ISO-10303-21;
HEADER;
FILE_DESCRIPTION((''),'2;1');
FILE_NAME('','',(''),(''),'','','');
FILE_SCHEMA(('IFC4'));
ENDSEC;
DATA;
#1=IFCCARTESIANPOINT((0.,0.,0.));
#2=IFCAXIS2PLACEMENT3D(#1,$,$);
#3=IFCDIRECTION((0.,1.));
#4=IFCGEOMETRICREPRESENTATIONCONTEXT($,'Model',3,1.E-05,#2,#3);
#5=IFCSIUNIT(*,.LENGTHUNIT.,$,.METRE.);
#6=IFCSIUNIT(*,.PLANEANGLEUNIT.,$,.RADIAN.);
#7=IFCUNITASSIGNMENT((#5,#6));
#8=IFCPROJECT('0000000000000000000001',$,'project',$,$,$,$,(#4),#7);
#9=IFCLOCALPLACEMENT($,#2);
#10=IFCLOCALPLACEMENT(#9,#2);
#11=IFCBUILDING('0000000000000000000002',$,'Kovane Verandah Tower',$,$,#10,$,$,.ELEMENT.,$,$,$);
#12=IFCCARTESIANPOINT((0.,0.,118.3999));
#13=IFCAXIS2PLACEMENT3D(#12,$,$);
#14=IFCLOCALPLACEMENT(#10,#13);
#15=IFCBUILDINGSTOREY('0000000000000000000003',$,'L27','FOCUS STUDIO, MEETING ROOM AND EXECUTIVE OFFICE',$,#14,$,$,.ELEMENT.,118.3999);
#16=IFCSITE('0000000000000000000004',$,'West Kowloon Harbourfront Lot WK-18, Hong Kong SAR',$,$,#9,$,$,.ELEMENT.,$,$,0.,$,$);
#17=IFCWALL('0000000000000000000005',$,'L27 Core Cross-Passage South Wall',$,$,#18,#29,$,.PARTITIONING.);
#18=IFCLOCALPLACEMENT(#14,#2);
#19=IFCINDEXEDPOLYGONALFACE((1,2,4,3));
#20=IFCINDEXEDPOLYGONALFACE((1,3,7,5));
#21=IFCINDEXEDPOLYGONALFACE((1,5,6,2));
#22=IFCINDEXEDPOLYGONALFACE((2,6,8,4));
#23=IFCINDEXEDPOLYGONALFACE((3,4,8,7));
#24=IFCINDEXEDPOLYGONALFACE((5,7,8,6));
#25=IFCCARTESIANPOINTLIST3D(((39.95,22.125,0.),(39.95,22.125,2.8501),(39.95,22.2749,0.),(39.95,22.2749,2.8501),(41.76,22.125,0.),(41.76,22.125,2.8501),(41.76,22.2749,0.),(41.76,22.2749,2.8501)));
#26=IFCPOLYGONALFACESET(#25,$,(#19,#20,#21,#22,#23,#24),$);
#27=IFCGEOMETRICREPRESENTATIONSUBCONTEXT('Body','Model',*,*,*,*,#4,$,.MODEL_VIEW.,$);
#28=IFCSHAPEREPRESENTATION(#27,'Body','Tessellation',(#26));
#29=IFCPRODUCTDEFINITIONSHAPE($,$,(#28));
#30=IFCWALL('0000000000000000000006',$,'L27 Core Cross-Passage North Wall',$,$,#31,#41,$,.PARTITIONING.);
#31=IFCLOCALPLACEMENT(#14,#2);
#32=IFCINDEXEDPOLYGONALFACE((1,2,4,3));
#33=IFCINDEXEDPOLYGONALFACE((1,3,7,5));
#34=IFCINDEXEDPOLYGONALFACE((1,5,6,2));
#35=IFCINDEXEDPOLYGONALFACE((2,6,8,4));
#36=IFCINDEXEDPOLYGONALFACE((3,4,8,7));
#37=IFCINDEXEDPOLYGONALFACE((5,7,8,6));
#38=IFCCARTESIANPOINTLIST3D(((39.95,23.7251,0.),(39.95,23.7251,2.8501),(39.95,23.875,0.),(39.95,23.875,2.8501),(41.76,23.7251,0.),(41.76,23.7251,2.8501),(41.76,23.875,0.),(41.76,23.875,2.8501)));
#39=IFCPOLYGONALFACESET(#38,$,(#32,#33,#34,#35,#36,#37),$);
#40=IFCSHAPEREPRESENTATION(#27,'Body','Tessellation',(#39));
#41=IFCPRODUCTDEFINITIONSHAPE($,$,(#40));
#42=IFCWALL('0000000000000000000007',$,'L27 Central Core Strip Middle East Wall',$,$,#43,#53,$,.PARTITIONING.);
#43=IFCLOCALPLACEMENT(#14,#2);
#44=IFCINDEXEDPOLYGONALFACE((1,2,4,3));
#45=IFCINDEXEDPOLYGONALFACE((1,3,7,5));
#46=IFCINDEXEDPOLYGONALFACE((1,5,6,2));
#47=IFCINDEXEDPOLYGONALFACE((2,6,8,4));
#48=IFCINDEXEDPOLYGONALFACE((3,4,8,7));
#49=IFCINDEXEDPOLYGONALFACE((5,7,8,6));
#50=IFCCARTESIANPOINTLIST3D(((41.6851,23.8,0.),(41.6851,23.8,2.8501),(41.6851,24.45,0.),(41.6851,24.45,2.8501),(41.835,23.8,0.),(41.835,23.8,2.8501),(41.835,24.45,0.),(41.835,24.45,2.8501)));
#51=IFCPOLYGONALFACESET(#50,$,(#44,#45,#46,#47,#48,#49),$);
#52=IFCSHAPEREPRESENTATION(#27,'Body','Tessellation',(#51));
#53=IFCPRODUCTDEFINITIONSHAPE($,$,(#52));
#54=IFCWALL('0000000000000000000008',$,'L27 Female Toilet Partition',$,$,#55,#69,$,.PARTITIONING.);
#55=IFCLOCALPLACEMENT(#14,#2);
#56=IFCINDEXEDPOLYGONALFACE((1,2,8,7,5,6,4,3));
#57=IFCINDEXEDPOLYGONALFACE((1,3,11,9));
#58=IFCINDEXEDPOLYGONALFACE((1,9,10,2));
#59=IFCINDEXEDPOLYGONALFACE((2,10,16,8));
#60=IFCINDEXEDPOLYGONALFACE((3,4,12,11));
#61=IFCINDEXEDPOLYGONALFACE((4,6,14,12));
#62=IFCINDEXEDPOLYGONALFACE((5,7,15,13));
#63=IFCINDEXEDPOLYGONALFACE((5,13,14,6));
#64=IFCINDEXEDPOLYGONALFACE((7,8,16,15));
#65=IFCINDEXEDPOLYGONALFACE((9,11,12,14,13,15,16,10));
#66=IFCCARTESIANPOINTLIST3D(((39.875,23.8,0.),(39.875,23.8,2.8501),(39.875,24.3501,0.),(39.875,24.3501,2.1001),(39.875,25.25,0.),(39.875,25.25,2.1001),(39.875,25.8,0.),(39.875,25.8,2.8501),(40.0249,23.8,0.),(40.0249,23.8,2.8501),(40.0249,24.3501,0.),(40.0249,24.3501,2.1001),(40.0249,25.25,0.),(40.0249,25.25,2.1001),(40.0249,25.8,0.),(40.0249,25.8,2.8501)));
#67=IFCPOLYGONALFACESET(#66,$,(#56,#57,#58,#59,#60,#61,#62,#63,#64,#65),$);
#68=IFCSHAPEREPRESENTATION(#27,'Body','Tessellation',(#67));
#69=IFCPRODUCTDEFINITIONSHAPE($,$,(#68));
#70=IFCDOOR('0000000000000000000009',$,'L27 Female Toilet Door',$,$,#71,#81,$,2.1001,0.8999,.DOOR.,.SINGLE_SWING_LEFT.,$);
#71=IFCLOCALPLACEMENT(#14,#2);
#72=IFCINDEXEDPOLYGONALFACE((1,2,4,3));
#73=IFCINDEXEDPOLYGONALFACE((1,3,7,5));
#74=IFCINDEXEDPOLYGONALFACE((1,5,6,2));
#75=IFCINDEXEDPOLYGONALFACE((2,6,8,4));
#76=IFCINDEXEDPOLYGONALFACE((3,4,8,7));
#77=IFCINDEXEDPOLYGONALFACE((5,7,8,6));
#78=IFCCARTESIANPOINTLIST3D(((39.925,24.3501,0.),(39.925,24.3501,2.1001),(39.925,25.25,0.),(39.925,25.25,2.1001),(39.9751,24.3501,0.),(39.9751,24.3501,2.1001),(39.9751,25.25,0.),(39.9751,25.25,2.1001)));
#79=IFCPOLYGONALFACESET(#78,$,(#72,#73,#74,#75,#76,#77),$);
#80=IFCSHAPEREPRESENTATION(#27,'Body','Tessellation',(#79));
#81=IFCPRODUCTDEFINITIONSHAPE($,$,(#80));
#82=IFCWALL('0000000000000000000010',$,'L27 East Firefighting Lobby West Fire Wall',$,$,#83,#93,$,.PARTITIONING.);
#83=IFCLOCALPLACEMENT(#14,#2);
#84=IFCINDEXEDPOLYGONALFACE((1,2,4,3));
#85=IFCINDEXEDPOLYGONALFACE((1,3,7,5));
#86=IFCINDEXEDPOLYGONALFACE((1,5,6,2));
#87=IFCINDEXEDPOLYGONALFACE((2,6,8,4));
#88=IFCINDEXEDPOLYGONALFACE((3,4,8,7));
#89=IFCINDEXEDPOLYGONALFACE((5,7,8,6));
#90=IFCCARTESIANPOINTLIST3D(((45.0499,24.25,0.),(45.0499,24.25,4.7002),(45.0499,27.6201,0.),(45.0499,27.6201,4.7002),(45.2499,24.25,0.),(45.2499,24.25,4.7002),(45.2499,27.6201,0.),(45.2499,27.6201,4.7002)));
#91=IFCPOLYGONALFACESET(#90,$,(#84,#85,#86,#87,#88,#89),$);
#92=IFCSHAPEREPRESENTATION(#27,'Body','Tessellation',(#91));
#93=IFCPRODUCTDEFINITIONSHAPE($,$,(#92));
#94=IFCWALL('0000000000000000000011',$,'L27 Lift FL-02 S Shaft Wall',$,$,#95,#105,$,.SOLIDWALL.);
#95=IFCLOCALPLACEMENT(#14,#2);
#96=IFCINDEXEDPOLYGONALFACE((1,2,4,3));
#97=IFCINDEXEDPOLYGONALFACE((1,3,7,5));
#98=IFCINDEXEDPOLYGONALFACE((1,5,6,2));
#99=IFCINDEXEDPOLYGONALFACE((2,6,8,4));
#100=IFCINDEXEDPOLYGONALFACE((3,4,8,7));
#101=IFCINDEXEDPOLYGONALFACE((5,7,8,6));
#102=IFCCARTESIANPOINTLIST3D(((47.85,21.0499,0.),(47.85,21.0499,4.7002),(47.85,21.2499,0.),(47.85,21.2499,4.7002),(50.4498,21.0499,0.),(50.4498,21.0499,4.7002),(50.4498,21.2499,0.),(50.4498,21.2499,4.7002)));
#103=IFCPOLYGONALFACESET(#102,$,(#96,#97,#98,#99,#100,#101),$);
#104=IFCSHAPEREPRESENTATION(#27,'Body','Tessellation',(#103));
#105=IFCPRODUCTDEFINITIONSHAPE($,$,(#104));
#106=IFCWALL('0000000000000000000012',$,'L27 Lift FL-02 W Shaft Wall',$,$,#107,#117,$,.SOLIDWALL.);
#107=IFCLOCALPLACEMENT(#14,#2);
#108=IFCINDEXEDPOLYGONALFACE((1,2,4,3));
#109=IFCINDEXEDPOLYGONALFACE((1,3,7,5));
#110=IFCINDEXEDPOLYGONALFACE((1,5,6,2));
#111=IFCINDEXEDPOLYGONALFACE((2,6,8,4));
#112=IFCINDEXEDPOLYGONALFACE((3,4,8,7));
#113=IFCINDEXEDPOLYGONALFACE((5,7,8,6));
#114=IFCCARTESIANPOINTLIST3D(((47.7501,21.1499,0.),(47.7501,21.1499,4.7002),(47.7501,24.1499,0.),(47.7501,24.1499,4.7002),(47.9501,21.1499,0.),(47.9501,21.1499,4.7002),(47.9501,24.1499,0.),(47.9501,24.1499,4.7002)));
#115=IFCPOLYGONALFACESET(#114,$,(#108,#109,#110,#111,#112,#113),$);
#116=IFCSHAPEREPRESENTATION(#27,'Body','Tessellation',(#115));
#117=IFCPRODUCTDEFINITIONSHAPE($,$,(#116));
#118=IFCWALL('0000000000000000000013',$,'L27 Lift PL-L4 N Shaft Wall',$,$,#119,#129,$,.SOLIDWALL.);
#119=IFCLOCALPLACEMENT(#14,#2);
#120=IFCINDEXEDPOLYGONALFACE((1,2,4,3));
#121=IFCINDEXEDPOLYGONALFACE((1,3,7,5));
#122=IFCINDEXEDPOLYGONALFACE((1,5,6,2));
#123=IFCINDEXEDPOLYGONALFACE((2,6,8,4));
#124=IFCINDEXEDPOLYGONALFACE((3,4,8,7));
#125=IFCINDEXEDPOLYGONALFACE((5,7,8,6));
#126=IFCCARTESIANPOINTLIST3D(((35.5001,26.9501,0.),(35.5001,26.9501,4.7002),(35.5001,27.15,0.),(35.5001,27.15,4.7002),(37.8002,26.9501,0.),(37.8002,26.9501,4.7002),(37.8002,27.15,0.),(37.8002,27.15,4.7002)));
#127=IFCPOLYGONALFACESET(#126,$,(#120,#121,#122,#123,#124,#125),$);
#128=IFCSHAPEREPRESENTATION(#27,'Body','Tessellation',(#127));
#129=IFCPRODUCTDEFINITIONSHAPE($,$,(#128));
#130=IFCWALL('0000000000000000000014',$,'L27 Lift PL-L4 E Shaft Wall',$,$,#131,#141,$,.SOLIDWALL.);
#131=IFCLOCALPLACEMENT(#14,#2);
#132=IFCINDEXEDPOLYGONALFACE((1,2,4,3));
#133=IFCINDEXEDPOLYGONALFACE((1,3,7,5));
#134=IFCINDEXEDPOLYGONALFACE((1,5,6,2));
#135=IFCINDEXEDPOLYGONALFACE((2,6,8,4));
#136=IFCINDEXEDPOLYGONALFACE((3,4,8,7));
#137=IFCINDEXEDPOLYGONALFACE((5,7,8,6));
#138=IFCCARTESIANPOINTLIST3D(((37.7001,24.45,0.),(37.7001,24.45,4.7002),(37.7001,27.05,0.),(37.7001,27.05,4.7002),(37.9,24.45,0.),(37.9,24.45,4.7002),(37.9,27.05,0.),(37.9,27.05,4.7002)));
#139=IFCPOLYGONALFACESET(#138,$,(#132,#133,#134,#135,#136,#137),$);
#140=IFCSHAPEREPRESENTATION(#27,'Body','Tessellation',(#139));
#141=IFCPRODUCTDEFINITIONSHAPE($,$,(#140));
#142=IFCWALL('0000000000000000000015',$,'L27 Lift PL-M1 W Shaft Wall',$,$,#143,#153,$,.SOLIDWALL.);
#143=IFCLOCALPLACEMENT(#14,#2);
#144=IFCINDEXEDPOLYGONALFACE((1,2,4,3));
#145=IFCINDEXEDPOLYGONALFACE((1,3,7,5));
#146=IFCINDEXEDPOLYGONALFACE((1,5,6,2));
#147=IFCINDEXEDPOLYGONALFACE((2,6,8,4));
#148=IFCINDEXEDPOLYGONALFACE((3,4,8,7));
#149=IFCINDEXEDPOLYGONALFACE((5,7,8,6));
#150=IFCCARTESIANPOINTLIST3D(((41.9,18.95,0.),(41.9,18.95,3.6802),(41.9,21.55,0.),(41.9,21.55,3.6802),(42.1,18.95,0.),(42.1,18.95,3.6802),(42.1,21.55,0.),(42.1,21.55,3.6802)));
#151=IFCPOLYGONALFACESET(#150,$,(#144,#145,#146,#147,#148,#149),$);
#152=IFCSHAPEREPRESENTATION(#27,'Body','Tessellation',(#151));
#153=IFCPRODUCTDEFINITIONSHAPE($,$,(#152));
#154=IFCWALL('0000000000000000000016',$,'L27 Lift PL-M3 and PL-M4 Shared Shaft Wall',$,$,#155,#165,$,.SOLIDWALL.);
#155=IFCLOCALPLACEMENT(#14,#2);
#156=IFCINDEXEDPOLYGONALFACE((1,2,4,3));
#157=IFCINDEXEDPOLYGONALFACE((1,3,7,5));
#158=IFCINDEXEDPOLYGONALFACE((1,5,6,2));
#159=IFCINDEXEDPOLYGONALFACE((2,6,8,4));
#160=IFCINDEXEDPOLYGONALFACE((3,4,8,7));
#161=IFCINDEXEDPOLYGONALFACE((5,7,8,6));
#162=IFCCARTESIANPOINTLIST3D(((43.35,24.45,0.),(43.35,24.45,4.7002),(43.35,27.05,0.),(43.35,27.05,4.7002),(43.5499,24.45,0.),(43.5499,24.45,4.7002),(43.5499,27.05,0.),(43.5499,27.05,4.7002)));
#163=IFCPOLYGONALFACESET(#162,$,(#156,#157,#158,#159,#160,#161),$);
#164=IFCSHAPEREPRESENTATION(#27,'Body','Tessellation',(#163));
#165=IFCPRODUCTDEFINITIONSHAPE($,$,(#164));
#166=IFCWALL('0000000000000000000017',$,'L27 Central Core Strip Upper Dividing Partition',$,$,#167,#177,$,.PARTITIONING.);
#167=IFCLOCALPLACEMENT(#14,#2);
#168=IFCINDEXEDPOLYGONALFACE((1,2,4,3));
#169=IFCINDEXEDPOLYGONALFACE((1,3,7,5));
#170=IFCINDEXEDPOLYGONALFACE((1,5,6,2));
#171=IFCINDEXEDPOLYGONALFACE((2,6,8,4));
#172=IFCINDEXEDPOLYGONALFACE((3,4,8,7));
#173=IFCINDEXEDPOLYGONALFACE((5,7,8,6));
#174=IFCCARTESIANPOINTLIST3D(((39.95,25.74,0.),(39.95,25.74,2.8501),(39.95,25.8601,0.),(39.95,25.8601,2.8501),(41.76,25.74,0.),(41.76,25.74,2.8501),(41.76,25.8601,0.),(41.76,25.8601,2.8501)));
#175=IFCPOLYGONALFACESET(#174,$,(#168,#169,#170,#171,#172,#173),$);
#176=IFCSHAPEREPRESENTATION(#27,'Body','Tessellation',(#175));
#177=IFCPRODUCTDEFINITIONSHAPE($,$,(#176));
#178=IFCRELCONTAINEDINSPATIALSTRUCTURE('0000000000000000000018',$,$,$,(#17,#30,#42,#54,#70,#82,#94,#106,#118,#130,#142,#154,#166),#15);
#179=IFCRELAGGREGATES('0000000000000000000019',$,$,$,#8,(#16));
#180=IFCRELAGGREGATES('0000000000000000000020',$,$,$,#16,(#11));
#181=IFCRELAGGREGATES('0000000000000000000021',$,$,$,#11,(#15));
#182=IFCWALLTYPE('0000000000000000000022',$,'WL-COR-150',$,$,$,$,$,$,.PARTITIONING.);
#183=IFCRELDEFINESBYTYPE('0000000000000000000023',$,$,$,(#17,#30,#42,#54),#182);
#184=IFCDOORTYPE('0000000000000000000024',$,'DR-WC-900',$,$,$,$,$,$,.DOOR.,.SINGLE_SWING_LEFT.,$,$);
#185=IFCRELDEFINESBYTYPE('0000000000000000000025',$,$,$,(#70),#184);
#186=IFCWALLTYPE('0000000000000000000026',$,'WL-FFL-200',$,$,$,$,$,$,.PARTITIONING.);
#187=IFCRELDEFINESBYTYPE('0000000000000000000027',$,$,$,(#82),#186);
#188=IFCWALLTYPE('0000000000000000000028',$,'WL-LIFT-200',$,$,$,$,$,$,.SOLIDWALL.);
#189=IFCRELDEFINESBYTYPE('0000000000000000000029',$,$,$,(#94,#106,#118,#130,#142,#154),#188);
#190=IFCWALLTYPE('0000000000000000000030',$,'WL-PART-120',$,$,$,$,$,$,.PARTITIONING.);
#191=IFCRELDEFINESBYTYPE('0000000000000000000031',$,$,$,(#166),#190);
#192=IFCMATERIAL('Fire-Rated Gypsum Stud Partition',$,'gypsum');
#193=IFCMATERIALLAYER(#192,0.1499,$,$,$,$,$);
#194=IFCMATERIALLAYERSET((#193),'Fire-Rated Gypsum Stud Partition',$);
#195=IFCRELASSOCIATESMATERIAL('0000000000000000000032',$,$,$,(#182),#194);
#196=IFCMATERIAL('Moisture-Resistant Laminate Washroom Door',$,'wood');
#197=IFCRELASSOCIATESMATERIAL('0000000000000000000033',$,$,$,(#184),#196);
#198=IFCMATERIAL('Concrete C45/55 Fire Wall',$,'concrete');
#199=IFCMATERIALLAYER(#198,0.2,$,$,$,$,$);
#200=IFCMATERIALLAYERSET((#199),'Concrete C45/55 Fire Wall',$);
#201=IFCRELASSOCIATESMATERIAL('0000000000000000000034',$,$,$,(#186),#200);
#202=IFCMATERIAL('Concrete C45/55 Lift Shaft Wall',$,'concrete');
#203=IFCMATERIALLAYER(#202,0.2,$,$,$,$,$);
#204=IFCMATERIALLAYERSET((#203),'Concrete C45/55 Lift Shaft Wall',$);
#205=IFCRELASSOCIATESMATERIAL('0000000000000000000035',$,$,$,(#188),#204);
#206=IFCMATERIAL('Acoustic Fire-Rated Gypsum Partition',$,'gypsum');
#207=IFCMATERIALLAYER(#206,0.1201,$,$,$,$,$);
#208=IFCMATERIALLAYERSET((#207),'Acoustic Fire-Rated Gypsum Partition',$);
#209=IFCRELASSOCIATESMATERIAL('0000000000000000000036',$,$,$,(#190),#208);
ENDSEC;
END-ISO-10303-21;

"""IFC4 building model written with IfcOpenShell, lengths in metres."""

from ifc_helpers import new_model, si_unit, direction, frame, frame_2d, origin, place, context, subcontext, project, spatial, rectangle, extrude, material, layer, layer_set, type_object, element, fill, save


model = new_model("IFC4")

# Units and contexts
model_context = context("Model", 3, precision=1e-05, world=origin(), true_north=direction((0.0, 1.0)))
body_context = subcontext(model_context, "Body", "Model", "MODEL_VIEW")
ifc_project = project(units=[si_unit("LENGTHUNIT", "METRE"), si_unit("PLANEANGLEUNIT", "RADIAN")], contexts=[model_context])

# Site, building, storey
site_placement = place(None, origin())
site = spatial("IfcSite", under=ifc_project, at=site_placement, Name="West Kowloon Harbourfront Lot WK-18, Hong Kong SAR", CompositionType="ELEMENT", RefElevation=0.0)
building_placement = place(site_placement, origin())
building = spatial("IfcBuilding", under=site, at=building_placement, Name="Kovane Verandah Tower", CompositionType="ELEMENT")
storey_placement = place(building_placement, frame((0.0, 0.0, 118.3999)))
storey = spatial("IfcBuildingStorey", under=building, at=storey_placement, Name="L27", Description="FOCUS STUDIO, MEETING ROOM AND EXECUTIVE OFFICE", CompositionType="ELEMENT", Elevation=118.3999)

# Walls
ifc_material_1 = material(Name="Fire-Rated Gypsum Stud Partition", Category="gypsum")
ifc_layer_1 = layer(ifc_material_1, 0.1499)
ifc_layer_set_1 = layer_set([ifc_layer_1], Name="Fire-Rated Gypsum Stud Partition")
wall_type_1 = type_object("IfcWallType", Name="WL-COR-150", PredefinedType="PARTITIONING", material=ifc_layer_set_1)
for number, where, z_axis, x_axis, name in (
    (1, (39.95, 22.2, 0.0), (0.0, 0.0, 1.0), (1.0, 0.0, 0.0), "L27 Core Cross-Passage South Wall"),
    (2, (39.95, 23.8, 0.0), (0.0, 0.0, 1.0), (1.0, 0.0, 0.0), "L27 Core Cross-Passage North Wall"),
):
    element("IfcWall", number, at=place(storey_placement, frame(where, z_axis=z_axis, x_axis=x_axis)), inside=storey, type_object=wall_type_1, Name=name, PredefinedType="PARTITIONING", context=body_context, shape_type="SweptSolid", body=[
        extrude(rectangle(XDim=1.8101, YDim=0.1499, at=frame_2d((0.905, 0.0))), origin(), (0.0, 0.0, 1.0), 2.8501),
    ])
wall_1_placement = place(storey_placement, frame((41.76, 23.8, 0.0), z_axis=(0.0, 0.0, 1.0), x_axis=(0.0, 1.0, 0.0)))
element("IfcWall", 3, at=wall_1_placement, inside=storey, type_object=wall_type_1, Name="L27 Central Core Strip Middle East Wall", PredefinedType="PARTITIONING", context=body_context, shape_type="SweptSolid", body=[
    extrude(rectangle(XDim=0.6499, YDim=0.1499, at=frame_2d((0.325, 0.0))), origin(), (0.0, 0.0, 1.0), 2.8501),
])

# Wall, opening, door
wall_2_placement = place(storey_placement, frame((39.95, 23.8, 0.0), z_axis=(0.0, 0.0, 1.0), x_axis=(0.0, 1.0, 0.0)))
wall_2 = element("IfcWall", 4, at=wall_2_placement, inside=storey, type_object=wall_type_1, Name="L27 Female Toilet Partition", PredefinedType="PARTITIONING", context=body_context, shape_type="SweptSolid", body=[
    extrude(rectangle(XDim=2.0, YDim=0.1499, at=frame_2d((1.0, 0.0))), origin(), (0.0, 0.0, 1.0), 2.8501),
])
opening_1_placement = place(wall_2_placement, frame((0.55, 0.0, 0.0)))
opening_1 = element("IfcOpeningElement", 5, at=opening_1_placement, cuts=wall_2, PredefinedType="OPENING", context=body_context, shape_type="SweptSolid", body=[
    extrude(rectangle(XDim=0.8999, YDim=2.1001, at=frame_2d((0.45, 1.05))), frame((0.0, 0.075, 0.0), z_axis=(0.0, -1.0, 0.0), x_axis=(1.0, 0.0, 0.0)), (0.0, 0.0, 1.0), 0.1499),
])
ifc_material_2 = material(Name="Moisture-Resistant Laminate Washroom Door", Category="wood")
door_type_1 = type_object("IfcDoorType", Name="DR-WC-900", OperationType="SINGLE_SWING_LEFT", PredefinedType="DOOR", material=ifc_material_2)
door_1_placement = place(opening_1_placement, origin())
door_1 = element("IfcDoor", 6, at=door_1_placement, inside=storey, type_object=door_type_1, Name="L27 Female Toilet Door", OperationType="SINGLE_SWING_LEFT", OverallHeight=2.1001, OverallWidth=0.8999, PredefinedType="DOOR", context=body_context, shape_type="SweptSolid", body=[
    extrude(rectangle(XDim=0.8999, YDim=2.1001, at=frame_2d((0.45, 1.05))), frame((0.0, 0.0249, 0.0), z_axis=(0.0, -1.0, 0.0), x_axis=(1.0, 0.0, 0.0)), (0.0, 0.0, 1.0), 0.05),
])
fill(opening_1, door_1)

# Wall
ifc_material_3 = material(Name="Concrete C45/55 Fire Wall", Category="concrete")
ifc_layer_2 = layer(ifc_material_3, 0.2)
ifc_layer_set_2 = layer_set([ifc_layer_2], Name="Concrete C45/55 Fire Wall")
wall_type_2 = type_object("IfcWallType", Name="WL-FFL-200", PredefinedType="PARTITIONING", material=ifc_layer_set_2)
wall_3_placement = place(storey_placement, frame((45.1499, 24.25, 0.0), z_axis=(0.0, 0.0, 1.0), x_axis=(0.0, 1.0, 0.0)))
element("IfcWall", 7, at=wall_3_placement, inside=storey, type_object=wall_type_2, Name="L27 East Firefighting Lobby West Fire Wall", PredefinedType="PARTITIONING", context=body_context, shape_type="SweptSolid", body=[
    extrude(rectangle(XDim=3.3701, YDim=0.2, at=frame_2d((1.6851, 0.0))), origin(), (0.0, 0.0, 1.0), 4.7002),
])

# Walls
ifc_material_4 = material(Name="Concrete C45/55 Lift Shaft Wall", Category="concrete")
ifc_layer_3 = layer(ifc_material_4, 0.2)
ifc_layer_set_3 = layer_set([ifc_layer_3], Name="Concrete C45/55 Lift Shaft Wall")
wall_type_3 = type_object("IfcWallType", Name="WL-LIFT-200", PredefinedType="SOLIDWALL", material=ifc_layer_set_3)
wall_4_placement = place(storey_placement, frame((47.8501, 21.1499, 0.0), z_axis=(0.0, 0.0, 1.0), x_axis=(1.0, 0.0, 0.0)))
element("IfcWall", 8, at=wall_4_placement, inside=storey, type_object=wall_type_3, Name="L27 Lift FL-02 S Shaft Wall", PredefinedType="SOLIDWALL", context=body_context, shape_type="SweptSolid", body=[
    extrude(rectangle(XDim=2.5999, YDim=0.2, at=frame_2d((1.2998, 0.0))), origin(), (0.0, 0.0, 1.0), 4.7002),
])
wall_5_placement = place(storey_placement, frame((47.8501, 24.1499, 0.0), z_axis=(0.0, 0.0, 1.0), x_axis=(0.0, -1.0, 0.0)))
element("IfcWall", 9, at=wall_5_placement, inside=storey, type_object=wall_type_3, Name="L27 Lift FL-02 W Shaft Wall", PredefinedType="SOLIDWALL", context=body_context, shape_type="SweptSolid", body=[
    extrude(rectangle(XDim=3.0, YDim=0.2, at=frame_2d((1.5, 0.0))), origin(), (0.0, 0.0, 1.0), 4.7002),
])
wall_6_placement = place(storey_placement, frame((37.8, 27.05, 0.0), z_axis=(0.0, 0.0, 1.0), x_axis=(-1.0, 0.0, 0.0)))
element("IfcWall", 10, at=wall_6_placement, inside=storey, type_object=wall_type_3, Name="L27 Lift PL-L4 N Shaft Wall", PredefinedType="SOLIDWALL", context=body_context, shape_type="SweptSolid", body=[
    extrude(rectangle(XDim=2.3, YDim=0.2, at=frame_2d((1.1499, 0.0))), origin(), (0.0, 0.0, 1.0), 4.7002),
])
wall_7_placement = place(storey_placement, frame((37.8, 24.45, 0.0), z_axis=(0.0, 0.0, 1.0), x_axis=(0.0, 1.0, 0.0)))
element("IfcWall", 11, at=wall_7_placement, inside=storey, type_object=wall_type_3, Name="L27 Lift PL-L4 E Shaft Wall", PredefinedType="SOLIDWALL", context=body_context, shape_type="SweptSolid", body=[
    extrude(rectangle(XDim=2.6001, YDim=0.2, at=frame_2d((1.3, 0.0))), origin(), (0.0, 0.0, 1.0), 4.7002),
])

# Wall
wall_8_placement = place(storey_placement, frame((42.0, 21.55, 0.0), z_axis=(0.0, 0.0, 1.0), x_axis=(0.0, -1.0, 0.0)))
element("IfcWall", 12, at=wall_8_placement, inside=storey, type_object=wall_type_3, Name="L27 Lift PL-M1 W Shaft Wall", PredefinedType="SOLIDWALL", context=body_context, shape_type="SweptSolid", body=[
    extrude(rectangle(XDim=2.6001, YDim=0.2, at=frame_2d((1.3, 0.0))), origin(), (0.0, 0.0, 1.0), 3.6802),
])

# Wall
wall_9_placement = place(storey_placement, frame((43.45, 24.45, 0.0), z_axis=(0.0, 0.0, 1.0), x_axis=(0.0, 1.0, 0.0)))
element("IfcWall", 13, at=wall_9_placement, inside=storey, type_object=wall_type_3, Name="L27 Lift PL-M3 and PL-M4 Shared Shaft Wall", PredefinedType="SOLIDWALL", context=body_context, shape_type="SweptSolid", body=[
    extrude(rectangle(XDim=2.6001, YDim=0.2, at=frame_2d((1.3, 0.0))), origin(), (0.0, 0.0, 1.0), 4.7002),
])

# Wall
ifc_material_5 = material(Name="Acoustic Fire-Rated Gypsum Partition", Category="gypsum")
ifc_layer_4 = layer(ifc_material_5, 0.1201)
ifc_layer_set_4 = layer_set([ifc_layer_4], Name="Acoustic Fire-Rated Gypsum Partition")
wall_type_4 = type_object("IfcWallType", Name="WL-PART-120", PredefinedType="PARTITIONING", material=ifc_layer_set_4)
wall_10_placement = place(storey_placement, frame((39.95, 25.8, 0.0), z_axis=(0.0, 0.0, 1.0), x_axis=(1.0, 0.0, 0.0)))
element("IfcWall", 14, at=wall_10_placement, inside=storey, type_object=wall_type_4, Name="L27 Central Core Strip Upper Dividing Partition", PredefinedType="PARTITIONING", context=body_context, shape_type="SweptSolid", body=[
    extrude(rectangle(XDim=1.8101, YDim=0.1201, at=frame_2d((0.905, 0.0))), origin(), (0.0, 0.0, 1.0), 2.8501),
])

save(model, "model.ifc")
